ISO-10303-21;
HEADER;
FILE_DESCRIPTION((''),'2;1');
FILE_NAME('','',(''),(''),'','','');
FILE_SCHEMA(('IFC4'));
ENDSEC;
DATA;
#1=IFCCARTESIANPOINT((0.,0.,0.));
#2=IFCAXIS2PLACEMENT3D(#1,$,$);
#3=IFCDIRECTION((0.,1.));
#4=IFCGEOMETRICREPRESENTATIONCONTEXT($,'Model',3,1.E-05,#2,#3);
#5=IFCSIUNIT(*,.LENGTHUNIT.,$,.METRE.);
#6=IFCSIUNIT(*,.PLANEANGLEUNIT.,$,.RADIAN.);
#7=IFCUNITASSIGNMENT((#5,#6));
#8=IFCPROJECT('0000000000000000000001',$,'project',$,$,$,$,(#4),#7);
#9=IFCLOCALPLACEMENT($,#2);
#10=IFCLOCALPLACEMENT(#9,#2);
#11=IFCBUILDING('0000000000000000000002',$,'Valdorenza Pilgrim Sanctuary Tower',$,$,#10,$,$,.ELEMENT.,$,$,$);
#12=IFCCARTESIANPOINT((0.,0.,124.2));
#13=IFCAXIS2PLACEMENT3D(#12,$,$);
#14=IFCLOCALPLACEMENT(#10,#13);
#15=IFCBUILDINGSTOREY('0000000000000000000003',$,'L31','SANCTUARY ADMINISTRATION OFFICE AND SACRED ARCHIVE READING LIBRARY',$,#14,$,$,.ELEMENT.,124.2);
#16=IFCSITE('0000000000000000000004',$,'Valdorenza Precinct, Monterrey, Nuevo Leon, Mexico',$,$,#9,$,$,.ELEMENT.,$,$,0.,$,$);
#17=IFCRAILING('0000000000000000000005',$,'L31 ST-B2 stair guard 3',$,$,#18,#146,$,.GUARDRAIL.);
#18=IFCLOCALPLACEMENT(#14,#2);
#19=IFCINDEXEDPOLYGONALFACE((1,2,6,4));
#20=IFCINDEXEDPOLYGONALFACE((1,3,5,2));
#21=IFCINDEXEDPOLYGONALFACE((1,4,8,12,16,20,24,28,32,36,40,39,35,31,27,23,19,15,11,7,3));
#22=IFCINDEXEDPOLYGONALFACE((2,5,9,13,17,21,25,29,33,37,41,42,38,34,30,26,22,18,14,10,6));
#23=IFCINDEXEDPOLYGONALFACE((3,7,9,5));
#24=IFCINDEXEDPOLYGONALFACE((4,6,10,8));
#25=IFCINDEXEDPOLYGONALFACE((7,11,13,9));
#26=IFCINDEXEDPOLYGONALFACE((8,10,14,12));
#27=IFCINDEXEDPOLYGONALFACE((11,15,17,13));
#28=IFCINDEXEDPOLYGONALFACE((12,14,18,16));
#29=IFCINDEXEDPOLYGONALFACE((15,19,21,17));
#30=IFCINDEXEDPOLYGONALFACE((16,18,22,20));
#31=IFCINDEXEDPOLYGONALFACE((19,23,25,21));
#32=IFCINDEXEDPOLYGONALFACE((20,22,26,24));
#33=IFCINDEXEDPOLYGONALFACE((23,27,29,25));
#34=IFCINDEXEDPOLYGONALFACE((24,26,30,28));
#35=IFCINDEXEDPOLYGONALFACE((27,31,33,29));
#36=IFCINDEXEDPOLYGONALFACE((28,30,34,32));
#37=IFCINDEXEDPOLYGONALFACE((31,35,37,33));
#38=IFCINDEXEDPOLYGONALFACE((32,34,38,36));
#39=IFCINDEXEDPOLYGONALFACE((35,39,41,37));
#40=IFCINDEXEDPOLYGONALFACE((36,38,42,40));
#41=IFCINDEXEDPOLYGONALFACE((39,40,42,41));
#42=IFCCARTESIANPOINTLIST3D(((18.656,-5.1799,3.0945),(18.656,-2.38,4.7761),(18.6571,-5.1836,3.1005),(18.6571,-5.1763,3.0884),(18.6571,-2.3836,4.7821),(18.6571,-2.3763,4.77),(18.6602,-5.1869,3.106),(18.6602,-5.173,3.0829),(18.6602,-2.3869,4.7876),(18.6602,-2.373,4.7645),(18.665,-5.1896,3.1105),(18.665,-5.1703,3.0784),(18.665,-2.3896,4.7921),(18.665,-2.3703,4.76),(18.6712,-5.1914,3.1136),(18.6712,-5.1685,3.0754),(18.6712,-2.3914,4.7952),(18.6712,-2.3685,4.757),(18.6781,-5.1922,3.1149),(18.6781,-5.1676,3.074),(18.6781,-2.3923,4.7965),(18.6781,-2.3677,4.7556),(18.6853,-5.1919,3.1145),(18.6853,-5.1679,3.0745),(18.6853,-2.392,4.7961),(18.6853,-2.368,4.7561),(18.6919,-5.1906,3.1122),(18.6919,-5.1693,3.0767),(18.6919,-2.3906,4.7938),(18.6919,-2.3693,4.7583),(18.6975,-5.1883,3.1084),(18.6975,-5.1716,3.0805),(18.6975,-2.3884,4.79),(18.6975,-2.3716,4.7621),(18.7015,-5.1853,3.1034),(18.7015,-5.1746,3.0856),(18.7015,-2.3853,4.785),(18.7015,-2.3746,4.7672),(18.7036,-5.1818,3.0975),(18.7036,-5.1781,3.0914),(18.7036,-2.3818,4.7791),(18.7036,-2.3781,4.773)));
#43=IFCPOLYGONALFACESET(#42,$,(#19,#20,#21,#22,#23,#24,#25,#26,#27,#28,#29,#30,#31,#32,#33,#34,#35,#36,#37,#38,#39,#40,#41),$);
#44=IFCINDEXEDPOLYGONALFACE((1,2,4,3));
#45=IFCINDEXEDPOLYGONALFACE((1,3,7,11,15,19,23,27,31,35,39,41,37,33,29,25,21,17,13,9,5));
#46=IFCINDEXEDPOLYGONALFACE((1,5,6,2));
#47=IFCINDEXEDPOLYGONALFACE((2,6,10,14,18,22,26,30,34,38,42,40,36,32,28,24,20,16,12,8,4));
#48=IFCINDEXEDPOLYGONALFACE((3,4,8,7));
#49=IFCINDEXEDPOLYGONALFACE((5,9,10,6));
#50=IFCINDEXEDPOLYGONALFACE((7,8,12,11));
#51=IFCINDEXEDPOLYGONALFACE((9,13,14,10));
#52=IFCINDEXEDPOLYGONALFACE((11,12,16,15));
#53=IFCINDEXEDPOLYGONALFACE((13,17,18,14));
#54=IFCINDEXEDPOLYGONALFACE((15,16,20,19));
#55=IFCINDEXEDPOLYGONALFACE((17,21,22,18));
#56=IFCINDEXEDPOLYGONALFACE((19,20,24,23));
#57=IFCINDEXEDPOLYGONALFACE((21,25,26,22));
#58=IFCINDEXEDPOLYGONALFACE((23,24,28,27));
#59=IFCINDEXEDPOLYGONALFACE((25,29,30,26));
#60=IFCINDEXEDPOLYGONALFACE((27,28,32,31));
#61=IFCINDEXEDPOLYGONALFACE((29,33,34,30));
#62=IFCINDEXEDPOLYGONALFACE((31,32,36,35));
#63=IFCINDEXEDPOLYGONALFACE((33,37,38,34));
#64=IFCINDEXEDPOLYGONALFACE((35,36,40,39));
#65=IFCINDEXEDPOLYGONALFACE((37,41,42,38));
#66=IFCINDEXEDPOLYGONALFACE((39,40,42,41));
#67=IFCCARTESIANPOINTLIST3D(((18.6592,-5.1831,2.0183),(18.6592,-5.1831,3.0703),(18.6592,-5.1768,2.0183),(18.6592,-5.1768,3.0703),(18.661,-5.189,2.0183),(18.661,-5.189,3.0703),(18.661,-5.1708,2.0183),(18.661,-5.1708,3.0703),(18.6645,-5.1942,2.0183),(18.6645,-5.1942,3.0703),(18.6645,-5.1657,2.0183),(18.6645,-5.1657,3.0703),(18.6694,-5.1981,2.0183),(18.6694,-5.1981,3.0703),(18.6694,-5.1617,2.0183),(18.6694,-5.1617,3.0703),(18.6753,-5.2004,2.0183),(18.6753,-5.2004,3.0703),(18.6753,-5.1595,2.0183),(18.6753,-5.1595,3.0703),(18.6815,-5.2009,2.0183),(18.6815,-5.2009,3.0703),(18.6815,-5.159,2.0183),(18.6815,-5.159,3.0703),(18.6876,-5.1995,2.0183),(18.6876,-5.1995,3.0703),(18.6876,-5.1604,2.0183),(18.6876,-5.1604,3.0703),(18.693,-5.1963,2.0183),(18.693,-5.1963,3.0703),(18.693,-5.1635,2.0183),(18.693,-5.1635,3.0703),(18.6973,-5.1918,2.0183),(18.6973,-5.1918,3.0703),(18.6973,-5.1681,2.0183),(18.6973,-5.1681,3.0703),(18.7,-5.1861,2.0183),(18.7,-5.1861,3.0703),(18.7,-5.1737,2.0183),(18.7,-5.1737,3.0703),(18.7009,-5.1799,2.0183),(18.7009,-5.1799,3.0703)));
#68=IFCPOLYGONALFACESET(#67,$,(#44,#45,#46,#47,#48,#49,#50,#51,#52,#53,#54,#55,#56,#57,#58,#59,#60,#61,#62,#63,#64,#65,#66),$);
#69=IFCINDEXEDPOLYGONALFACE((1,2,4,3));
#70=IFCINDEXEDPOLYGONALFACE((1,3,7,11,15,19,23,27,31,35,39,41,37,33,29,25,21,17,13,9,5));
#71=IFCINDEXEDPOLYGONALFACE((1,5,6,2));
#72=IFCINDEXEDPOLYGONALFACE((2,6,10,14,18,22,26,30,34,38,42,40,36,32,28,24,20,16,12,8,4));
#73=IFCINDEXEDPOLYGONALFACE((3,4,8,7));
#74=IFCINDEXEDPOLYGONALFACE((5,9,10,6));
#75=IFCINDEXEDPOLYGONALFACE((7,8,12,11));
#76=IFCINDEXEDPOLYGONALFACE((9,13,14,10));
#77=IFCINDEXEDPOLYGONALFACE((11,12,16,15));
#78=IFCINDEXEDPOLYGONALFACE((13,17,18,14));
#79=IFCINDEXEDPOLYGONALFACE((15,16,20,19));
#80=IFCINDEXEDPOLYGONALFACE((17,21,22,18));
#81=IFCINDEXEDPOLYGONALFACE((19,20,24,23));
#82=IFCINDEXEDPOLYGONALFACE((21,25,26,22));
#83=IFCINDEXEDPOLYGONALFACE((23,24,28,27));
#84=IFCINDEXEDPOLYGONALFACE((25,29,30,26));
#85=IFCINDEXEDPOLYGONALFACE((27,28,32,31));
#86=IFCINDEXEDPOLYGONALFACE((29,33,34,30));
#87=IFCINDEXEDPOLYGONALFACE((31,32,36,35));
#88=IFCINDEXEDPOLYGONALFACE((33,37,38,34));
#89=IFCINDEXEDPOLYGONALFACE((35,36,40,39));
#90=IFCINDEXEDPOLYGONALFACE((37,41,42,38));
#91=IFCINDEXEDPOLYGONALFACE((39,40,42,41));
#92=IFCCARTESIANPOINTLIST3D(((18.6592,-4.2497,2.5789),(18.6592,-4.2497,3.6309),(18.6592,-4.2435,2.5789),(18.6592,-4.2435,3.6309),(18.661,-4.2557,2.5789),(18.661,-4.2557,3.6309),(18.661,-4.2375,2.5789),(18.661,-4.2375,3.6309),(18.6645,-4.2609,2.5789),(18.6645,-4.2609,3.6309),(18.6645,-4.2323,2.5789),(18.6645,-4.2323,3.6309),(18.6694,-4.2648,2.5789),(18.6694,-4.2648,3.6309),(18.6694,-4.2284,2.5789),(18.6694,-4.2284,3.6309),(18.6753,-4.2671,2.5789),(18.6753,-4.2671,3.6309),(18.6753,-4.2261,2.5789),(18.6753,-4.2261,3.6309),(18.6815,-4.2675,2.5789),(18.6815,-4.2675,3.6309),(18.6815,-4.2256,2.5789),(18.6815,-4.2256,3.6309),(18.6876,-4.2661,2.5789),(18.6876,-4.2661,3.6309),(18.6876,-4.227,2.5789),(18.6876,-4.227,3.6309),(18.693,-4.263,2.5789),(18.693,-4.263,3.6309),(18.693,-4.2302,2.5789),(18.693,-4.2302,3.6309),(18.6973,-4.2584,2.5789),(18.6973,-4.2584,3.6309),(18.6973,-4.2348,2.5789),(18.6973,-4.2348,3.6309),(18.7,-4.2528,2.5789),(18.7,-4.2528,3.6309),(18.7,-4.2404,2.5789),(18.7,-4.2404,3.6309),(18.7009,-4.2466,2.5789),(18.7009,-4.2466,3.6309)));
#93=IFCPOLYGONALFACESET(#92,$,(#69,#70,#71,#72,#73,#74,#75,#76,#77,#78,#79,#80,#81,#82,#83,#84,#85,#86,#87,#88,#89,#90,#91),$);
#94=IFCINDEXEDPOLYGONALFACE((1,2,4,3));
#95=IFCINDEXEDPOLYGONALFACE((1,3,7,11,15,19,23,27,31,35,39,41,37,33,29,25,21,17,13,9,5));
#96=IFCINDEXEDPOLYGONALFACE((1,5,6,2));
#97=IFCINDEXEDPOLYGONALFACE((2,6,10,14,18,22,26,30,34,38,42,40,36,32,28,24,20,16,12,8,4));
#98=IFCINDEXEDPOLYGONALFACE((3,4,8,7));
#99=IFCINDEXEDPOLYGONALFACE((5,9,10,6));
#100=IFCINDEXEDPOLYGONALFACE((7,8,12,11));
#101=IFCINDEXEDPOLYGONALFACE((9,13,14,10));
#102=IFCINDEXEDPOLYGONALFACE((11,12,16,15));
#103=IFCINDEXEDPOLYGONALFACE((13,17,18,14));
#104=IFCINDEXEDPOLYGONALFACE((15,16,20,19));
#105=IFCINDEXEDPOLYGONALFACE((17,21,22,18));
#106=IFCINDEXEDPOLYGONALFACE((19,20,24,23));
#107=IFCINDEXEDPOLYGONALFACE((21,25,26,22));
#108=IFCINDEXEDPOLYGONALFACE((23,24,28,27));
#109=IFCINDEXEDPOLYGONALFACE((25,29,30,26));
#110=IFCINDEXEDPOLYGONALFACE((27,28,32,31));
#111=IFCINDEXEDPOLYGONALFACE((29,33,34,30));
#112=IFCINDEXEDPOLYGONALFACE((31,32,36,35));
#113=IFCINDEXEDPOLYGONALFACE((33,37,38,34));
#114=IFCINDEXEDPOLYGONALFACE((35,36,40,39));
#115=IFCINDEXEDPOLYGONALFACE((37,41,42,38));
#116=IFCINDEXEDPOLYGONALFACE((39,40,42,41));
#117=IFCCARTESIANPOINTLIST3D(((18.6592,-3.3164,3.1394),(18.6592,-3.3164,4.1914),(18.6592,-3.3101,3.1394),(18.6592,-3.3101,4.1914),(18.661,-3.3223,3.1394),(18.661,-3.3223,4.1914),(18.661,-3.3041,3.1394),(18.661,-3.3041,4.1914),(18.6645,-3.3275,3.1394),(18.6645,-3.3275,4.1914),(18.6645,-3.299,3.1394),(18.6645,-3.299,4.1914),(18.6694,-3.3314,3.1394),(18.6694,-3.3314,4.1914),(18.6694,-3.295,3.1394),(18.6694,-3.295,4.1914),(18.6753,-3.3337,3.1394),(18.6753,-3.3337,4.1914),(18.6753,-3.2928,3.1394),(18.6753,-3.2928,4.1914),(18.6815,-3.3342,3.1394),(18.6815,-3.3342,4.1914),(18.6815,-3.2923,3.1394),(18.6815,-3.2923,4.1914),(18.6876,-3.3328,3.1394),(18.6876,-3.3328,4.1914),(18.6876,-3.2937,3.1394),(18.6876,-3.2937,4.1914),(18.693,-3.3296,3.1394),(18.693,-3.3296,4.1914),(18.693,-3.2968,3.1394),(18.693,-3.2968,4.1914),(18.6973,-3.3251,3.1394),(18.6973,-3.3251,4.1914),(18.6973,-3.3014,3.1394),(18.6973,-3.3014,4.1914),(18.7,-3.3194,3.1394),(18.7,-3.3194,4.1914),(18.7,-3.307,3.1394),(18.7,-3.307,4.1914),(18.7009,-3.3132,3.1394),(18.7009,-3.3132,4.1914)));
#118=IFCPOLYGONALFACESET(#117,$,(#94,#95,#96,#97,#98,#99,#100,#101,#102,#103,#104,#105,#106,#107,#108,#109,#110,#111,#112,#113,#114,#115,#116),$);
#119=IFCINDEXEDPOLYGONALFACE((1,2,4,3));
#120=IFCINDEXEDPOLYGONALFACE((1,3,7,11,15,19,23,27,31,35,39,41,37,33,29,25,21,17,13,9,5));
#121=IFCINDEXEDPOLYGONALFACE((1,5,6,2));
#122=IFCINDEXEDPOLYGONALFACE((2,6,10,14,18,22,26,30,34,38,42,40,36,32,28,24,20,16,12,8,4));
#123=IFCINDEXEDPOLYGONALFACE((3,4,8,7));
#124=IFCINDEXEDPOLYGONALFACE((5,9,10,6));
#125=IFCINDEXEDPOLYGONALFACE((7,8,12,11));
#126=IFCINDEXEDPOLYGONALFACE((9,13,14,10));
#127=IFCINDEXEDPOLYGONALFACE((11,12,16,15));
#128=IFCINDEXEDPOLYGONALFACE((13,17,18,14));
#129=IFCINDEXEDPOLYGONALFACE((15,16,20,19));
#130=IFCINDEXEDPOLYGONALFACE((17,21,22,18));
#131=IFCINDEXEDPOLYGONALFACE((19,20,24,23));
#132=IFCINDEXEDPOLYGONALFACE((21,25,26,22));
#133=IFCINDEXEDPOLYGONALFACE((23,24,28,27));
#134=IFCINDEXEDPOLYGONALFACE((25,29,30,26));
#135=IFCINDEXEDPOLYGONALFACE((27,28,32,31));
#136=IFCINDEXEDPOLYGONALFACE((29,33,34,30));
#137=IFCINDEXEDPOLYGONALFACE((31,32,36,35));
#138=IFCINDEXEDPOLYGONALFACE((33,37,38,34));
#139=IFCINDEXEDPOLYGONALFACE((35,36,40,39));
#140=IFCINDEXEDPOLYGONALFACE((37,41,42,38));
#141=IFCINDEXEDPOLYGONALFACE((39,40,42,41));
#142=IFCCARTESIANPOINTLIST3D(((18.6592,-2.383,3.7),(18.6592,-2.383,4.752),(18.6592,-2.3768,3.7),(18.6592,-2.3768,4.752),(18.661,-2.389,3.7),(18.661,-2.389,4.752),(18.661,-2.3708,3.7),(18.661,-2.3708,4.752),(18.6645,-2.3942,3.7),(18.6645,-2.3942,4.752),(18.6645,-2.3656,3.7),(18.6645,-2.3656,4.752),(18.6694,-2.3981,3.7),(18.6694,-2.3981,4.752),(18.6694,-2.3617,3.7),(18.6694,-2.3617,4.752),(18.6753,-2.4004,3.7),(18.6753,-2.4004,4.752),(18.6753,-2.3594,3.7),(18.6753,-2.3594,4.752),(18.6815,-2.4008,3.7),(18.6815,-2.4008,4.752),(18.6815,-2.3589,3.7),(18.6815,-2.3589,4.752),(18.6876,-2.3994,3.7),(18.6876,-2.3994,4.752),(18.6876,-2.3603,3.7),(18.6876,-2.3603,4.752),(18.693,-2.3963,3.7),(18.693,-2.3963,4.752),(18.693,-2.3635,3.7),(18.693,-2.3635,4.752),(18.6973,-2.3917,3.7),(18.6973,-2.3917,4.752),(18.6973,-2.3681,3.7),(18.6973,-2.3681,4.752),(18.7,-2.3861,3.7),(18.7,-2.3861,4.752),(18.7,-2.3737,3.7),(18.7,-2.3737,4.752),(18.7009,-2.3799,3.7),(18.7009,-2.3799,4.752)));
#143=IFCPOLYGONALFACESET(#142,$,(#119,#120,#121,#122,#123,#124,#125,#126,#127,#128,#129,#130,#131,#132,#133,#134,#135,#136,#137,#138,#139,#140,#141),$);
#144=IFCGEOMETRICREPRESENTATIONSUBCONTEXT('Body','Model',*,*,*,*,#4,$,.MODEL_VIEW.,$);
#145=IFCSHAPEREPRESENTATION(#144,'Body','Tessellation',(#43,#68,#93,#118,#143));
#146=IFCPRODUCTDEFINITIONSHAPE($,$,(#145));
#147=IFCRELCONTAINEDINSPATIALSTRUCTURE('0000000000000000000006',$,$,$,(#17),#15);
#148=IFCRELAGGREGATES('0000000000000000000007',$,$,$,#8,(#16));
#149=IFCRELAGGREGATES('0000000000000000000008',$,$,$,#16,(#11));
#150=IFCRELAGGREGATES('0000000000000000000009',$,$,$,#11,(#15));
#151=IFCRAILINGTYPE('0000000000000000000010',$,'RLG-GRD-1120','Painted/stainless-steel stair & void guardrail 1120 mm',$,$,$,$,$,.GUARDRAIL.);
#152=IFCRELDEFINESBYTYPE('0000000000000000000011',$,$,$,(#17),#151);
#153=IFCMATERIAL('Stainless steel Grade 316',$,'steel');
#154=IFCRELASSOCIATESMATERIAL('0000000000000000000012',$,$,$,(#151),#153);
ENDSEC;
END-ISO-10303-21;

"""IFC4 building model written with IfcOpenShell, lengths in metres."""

from ifc_helpers import new_model, si_unit, direction, frame, origin, origin_2d, place, context, subcontext, project, spatial, circle, extrude, material, type_object, element, save


model = new_model("IFC4")

# Units and contexts
model_context = context("Model", 3, precision=1e-05, world=origin(), true_north=direction((0.0, 1.0)))
body_context = subcontext(model_context, "Body", "Model", "MODEL_VIEW")
ifc_project = project(units=[si_unit("LENGTHUNIT", "METRE"), si_unit("PLANEANGLEUNIT", "RADIAN")], contexts=[model_context])

# Site, building, storey
site_placement = place(None, origin())
site = spatial("IfcSite", under=ifc_project, at=site_placement, Name="Valdorenza Precinct, Monterrey, Nuevo Leon, Mexico", CompositionType="ELEMENT", RefElevation=0.0)
building_placement = place(site_placement, origin())
building = spatial("IfcBuilding", under=site, at=building_placement, Name="Valdorenza Pilgrim Sanctuary Tower", CompositionType="ELEMENT")
storey_placement = place(building_placement, frame((0.0, 0.0, 124.2)))
storey = spatial("IfcBuildingStorey", under=building, at=storey_placement, Name="L31", Description="SANCTUARY ADMINISTRATION OFFICE AND SACRED ARCHIVE READING LIBRARY", CompositionType="ELEMENT", Elevation=124.2)

# Railing
ifc_material_1 = material(Name="Stainless steel Grade 316", Category="steel")
railing_type_1 = type_object("IfcRailingType", Name="RLG-GRD-1120", Description="Painted/stainless-steel stair & void guardrail 1120 mm", PredefinedType="GUARDRAIL", material=ifc_material_1)
railing_1_placement = place(storey_placement, frame((18.6799, -5.1799, 2.0183)))
element("IfcRailing", 1, at=railing_1_placement, inside=storey, type_object=railing_type_1, Name="L31 ST-B2 stair guard 3", PredefinedType="GUARDRAIL", context=body_context, shape_type="SweptSolid", body=[
    extrude(circle(Radius=0.0239, at=origin_2d()), frame((0.0, 0.0, 1.0762), z_axis=(0.0, 0.857275, 0.514858), x_axis=(-1.0, 0.0, 0.0)), (0.0, 0.0, 1.0), 3.2661),
    extrude(circle(Radius=0.021, at=origin_2d()), origin(), (0.0, 0.0, 1.0), 1.052),
    extrude(circle(Radius=0.021, at=origin_2d()), frame((0.0, 0.9333, 0.5605)), (0.0, 0.0, 1.0), 1.052),
    extrude(circle(Radius=0.021, at=origin_2d()), frame((0.0, 1.8667, 1.1211)), (0.0, 0.0, 1.0), 1.052),
    extrude(circle(Radius=0.021, at=origin_2d()), frame((0.0, 2.8, 1.6816)), (0.0, 0.0, 1.0), 1.052),
])

save(model, "model.ifc")
